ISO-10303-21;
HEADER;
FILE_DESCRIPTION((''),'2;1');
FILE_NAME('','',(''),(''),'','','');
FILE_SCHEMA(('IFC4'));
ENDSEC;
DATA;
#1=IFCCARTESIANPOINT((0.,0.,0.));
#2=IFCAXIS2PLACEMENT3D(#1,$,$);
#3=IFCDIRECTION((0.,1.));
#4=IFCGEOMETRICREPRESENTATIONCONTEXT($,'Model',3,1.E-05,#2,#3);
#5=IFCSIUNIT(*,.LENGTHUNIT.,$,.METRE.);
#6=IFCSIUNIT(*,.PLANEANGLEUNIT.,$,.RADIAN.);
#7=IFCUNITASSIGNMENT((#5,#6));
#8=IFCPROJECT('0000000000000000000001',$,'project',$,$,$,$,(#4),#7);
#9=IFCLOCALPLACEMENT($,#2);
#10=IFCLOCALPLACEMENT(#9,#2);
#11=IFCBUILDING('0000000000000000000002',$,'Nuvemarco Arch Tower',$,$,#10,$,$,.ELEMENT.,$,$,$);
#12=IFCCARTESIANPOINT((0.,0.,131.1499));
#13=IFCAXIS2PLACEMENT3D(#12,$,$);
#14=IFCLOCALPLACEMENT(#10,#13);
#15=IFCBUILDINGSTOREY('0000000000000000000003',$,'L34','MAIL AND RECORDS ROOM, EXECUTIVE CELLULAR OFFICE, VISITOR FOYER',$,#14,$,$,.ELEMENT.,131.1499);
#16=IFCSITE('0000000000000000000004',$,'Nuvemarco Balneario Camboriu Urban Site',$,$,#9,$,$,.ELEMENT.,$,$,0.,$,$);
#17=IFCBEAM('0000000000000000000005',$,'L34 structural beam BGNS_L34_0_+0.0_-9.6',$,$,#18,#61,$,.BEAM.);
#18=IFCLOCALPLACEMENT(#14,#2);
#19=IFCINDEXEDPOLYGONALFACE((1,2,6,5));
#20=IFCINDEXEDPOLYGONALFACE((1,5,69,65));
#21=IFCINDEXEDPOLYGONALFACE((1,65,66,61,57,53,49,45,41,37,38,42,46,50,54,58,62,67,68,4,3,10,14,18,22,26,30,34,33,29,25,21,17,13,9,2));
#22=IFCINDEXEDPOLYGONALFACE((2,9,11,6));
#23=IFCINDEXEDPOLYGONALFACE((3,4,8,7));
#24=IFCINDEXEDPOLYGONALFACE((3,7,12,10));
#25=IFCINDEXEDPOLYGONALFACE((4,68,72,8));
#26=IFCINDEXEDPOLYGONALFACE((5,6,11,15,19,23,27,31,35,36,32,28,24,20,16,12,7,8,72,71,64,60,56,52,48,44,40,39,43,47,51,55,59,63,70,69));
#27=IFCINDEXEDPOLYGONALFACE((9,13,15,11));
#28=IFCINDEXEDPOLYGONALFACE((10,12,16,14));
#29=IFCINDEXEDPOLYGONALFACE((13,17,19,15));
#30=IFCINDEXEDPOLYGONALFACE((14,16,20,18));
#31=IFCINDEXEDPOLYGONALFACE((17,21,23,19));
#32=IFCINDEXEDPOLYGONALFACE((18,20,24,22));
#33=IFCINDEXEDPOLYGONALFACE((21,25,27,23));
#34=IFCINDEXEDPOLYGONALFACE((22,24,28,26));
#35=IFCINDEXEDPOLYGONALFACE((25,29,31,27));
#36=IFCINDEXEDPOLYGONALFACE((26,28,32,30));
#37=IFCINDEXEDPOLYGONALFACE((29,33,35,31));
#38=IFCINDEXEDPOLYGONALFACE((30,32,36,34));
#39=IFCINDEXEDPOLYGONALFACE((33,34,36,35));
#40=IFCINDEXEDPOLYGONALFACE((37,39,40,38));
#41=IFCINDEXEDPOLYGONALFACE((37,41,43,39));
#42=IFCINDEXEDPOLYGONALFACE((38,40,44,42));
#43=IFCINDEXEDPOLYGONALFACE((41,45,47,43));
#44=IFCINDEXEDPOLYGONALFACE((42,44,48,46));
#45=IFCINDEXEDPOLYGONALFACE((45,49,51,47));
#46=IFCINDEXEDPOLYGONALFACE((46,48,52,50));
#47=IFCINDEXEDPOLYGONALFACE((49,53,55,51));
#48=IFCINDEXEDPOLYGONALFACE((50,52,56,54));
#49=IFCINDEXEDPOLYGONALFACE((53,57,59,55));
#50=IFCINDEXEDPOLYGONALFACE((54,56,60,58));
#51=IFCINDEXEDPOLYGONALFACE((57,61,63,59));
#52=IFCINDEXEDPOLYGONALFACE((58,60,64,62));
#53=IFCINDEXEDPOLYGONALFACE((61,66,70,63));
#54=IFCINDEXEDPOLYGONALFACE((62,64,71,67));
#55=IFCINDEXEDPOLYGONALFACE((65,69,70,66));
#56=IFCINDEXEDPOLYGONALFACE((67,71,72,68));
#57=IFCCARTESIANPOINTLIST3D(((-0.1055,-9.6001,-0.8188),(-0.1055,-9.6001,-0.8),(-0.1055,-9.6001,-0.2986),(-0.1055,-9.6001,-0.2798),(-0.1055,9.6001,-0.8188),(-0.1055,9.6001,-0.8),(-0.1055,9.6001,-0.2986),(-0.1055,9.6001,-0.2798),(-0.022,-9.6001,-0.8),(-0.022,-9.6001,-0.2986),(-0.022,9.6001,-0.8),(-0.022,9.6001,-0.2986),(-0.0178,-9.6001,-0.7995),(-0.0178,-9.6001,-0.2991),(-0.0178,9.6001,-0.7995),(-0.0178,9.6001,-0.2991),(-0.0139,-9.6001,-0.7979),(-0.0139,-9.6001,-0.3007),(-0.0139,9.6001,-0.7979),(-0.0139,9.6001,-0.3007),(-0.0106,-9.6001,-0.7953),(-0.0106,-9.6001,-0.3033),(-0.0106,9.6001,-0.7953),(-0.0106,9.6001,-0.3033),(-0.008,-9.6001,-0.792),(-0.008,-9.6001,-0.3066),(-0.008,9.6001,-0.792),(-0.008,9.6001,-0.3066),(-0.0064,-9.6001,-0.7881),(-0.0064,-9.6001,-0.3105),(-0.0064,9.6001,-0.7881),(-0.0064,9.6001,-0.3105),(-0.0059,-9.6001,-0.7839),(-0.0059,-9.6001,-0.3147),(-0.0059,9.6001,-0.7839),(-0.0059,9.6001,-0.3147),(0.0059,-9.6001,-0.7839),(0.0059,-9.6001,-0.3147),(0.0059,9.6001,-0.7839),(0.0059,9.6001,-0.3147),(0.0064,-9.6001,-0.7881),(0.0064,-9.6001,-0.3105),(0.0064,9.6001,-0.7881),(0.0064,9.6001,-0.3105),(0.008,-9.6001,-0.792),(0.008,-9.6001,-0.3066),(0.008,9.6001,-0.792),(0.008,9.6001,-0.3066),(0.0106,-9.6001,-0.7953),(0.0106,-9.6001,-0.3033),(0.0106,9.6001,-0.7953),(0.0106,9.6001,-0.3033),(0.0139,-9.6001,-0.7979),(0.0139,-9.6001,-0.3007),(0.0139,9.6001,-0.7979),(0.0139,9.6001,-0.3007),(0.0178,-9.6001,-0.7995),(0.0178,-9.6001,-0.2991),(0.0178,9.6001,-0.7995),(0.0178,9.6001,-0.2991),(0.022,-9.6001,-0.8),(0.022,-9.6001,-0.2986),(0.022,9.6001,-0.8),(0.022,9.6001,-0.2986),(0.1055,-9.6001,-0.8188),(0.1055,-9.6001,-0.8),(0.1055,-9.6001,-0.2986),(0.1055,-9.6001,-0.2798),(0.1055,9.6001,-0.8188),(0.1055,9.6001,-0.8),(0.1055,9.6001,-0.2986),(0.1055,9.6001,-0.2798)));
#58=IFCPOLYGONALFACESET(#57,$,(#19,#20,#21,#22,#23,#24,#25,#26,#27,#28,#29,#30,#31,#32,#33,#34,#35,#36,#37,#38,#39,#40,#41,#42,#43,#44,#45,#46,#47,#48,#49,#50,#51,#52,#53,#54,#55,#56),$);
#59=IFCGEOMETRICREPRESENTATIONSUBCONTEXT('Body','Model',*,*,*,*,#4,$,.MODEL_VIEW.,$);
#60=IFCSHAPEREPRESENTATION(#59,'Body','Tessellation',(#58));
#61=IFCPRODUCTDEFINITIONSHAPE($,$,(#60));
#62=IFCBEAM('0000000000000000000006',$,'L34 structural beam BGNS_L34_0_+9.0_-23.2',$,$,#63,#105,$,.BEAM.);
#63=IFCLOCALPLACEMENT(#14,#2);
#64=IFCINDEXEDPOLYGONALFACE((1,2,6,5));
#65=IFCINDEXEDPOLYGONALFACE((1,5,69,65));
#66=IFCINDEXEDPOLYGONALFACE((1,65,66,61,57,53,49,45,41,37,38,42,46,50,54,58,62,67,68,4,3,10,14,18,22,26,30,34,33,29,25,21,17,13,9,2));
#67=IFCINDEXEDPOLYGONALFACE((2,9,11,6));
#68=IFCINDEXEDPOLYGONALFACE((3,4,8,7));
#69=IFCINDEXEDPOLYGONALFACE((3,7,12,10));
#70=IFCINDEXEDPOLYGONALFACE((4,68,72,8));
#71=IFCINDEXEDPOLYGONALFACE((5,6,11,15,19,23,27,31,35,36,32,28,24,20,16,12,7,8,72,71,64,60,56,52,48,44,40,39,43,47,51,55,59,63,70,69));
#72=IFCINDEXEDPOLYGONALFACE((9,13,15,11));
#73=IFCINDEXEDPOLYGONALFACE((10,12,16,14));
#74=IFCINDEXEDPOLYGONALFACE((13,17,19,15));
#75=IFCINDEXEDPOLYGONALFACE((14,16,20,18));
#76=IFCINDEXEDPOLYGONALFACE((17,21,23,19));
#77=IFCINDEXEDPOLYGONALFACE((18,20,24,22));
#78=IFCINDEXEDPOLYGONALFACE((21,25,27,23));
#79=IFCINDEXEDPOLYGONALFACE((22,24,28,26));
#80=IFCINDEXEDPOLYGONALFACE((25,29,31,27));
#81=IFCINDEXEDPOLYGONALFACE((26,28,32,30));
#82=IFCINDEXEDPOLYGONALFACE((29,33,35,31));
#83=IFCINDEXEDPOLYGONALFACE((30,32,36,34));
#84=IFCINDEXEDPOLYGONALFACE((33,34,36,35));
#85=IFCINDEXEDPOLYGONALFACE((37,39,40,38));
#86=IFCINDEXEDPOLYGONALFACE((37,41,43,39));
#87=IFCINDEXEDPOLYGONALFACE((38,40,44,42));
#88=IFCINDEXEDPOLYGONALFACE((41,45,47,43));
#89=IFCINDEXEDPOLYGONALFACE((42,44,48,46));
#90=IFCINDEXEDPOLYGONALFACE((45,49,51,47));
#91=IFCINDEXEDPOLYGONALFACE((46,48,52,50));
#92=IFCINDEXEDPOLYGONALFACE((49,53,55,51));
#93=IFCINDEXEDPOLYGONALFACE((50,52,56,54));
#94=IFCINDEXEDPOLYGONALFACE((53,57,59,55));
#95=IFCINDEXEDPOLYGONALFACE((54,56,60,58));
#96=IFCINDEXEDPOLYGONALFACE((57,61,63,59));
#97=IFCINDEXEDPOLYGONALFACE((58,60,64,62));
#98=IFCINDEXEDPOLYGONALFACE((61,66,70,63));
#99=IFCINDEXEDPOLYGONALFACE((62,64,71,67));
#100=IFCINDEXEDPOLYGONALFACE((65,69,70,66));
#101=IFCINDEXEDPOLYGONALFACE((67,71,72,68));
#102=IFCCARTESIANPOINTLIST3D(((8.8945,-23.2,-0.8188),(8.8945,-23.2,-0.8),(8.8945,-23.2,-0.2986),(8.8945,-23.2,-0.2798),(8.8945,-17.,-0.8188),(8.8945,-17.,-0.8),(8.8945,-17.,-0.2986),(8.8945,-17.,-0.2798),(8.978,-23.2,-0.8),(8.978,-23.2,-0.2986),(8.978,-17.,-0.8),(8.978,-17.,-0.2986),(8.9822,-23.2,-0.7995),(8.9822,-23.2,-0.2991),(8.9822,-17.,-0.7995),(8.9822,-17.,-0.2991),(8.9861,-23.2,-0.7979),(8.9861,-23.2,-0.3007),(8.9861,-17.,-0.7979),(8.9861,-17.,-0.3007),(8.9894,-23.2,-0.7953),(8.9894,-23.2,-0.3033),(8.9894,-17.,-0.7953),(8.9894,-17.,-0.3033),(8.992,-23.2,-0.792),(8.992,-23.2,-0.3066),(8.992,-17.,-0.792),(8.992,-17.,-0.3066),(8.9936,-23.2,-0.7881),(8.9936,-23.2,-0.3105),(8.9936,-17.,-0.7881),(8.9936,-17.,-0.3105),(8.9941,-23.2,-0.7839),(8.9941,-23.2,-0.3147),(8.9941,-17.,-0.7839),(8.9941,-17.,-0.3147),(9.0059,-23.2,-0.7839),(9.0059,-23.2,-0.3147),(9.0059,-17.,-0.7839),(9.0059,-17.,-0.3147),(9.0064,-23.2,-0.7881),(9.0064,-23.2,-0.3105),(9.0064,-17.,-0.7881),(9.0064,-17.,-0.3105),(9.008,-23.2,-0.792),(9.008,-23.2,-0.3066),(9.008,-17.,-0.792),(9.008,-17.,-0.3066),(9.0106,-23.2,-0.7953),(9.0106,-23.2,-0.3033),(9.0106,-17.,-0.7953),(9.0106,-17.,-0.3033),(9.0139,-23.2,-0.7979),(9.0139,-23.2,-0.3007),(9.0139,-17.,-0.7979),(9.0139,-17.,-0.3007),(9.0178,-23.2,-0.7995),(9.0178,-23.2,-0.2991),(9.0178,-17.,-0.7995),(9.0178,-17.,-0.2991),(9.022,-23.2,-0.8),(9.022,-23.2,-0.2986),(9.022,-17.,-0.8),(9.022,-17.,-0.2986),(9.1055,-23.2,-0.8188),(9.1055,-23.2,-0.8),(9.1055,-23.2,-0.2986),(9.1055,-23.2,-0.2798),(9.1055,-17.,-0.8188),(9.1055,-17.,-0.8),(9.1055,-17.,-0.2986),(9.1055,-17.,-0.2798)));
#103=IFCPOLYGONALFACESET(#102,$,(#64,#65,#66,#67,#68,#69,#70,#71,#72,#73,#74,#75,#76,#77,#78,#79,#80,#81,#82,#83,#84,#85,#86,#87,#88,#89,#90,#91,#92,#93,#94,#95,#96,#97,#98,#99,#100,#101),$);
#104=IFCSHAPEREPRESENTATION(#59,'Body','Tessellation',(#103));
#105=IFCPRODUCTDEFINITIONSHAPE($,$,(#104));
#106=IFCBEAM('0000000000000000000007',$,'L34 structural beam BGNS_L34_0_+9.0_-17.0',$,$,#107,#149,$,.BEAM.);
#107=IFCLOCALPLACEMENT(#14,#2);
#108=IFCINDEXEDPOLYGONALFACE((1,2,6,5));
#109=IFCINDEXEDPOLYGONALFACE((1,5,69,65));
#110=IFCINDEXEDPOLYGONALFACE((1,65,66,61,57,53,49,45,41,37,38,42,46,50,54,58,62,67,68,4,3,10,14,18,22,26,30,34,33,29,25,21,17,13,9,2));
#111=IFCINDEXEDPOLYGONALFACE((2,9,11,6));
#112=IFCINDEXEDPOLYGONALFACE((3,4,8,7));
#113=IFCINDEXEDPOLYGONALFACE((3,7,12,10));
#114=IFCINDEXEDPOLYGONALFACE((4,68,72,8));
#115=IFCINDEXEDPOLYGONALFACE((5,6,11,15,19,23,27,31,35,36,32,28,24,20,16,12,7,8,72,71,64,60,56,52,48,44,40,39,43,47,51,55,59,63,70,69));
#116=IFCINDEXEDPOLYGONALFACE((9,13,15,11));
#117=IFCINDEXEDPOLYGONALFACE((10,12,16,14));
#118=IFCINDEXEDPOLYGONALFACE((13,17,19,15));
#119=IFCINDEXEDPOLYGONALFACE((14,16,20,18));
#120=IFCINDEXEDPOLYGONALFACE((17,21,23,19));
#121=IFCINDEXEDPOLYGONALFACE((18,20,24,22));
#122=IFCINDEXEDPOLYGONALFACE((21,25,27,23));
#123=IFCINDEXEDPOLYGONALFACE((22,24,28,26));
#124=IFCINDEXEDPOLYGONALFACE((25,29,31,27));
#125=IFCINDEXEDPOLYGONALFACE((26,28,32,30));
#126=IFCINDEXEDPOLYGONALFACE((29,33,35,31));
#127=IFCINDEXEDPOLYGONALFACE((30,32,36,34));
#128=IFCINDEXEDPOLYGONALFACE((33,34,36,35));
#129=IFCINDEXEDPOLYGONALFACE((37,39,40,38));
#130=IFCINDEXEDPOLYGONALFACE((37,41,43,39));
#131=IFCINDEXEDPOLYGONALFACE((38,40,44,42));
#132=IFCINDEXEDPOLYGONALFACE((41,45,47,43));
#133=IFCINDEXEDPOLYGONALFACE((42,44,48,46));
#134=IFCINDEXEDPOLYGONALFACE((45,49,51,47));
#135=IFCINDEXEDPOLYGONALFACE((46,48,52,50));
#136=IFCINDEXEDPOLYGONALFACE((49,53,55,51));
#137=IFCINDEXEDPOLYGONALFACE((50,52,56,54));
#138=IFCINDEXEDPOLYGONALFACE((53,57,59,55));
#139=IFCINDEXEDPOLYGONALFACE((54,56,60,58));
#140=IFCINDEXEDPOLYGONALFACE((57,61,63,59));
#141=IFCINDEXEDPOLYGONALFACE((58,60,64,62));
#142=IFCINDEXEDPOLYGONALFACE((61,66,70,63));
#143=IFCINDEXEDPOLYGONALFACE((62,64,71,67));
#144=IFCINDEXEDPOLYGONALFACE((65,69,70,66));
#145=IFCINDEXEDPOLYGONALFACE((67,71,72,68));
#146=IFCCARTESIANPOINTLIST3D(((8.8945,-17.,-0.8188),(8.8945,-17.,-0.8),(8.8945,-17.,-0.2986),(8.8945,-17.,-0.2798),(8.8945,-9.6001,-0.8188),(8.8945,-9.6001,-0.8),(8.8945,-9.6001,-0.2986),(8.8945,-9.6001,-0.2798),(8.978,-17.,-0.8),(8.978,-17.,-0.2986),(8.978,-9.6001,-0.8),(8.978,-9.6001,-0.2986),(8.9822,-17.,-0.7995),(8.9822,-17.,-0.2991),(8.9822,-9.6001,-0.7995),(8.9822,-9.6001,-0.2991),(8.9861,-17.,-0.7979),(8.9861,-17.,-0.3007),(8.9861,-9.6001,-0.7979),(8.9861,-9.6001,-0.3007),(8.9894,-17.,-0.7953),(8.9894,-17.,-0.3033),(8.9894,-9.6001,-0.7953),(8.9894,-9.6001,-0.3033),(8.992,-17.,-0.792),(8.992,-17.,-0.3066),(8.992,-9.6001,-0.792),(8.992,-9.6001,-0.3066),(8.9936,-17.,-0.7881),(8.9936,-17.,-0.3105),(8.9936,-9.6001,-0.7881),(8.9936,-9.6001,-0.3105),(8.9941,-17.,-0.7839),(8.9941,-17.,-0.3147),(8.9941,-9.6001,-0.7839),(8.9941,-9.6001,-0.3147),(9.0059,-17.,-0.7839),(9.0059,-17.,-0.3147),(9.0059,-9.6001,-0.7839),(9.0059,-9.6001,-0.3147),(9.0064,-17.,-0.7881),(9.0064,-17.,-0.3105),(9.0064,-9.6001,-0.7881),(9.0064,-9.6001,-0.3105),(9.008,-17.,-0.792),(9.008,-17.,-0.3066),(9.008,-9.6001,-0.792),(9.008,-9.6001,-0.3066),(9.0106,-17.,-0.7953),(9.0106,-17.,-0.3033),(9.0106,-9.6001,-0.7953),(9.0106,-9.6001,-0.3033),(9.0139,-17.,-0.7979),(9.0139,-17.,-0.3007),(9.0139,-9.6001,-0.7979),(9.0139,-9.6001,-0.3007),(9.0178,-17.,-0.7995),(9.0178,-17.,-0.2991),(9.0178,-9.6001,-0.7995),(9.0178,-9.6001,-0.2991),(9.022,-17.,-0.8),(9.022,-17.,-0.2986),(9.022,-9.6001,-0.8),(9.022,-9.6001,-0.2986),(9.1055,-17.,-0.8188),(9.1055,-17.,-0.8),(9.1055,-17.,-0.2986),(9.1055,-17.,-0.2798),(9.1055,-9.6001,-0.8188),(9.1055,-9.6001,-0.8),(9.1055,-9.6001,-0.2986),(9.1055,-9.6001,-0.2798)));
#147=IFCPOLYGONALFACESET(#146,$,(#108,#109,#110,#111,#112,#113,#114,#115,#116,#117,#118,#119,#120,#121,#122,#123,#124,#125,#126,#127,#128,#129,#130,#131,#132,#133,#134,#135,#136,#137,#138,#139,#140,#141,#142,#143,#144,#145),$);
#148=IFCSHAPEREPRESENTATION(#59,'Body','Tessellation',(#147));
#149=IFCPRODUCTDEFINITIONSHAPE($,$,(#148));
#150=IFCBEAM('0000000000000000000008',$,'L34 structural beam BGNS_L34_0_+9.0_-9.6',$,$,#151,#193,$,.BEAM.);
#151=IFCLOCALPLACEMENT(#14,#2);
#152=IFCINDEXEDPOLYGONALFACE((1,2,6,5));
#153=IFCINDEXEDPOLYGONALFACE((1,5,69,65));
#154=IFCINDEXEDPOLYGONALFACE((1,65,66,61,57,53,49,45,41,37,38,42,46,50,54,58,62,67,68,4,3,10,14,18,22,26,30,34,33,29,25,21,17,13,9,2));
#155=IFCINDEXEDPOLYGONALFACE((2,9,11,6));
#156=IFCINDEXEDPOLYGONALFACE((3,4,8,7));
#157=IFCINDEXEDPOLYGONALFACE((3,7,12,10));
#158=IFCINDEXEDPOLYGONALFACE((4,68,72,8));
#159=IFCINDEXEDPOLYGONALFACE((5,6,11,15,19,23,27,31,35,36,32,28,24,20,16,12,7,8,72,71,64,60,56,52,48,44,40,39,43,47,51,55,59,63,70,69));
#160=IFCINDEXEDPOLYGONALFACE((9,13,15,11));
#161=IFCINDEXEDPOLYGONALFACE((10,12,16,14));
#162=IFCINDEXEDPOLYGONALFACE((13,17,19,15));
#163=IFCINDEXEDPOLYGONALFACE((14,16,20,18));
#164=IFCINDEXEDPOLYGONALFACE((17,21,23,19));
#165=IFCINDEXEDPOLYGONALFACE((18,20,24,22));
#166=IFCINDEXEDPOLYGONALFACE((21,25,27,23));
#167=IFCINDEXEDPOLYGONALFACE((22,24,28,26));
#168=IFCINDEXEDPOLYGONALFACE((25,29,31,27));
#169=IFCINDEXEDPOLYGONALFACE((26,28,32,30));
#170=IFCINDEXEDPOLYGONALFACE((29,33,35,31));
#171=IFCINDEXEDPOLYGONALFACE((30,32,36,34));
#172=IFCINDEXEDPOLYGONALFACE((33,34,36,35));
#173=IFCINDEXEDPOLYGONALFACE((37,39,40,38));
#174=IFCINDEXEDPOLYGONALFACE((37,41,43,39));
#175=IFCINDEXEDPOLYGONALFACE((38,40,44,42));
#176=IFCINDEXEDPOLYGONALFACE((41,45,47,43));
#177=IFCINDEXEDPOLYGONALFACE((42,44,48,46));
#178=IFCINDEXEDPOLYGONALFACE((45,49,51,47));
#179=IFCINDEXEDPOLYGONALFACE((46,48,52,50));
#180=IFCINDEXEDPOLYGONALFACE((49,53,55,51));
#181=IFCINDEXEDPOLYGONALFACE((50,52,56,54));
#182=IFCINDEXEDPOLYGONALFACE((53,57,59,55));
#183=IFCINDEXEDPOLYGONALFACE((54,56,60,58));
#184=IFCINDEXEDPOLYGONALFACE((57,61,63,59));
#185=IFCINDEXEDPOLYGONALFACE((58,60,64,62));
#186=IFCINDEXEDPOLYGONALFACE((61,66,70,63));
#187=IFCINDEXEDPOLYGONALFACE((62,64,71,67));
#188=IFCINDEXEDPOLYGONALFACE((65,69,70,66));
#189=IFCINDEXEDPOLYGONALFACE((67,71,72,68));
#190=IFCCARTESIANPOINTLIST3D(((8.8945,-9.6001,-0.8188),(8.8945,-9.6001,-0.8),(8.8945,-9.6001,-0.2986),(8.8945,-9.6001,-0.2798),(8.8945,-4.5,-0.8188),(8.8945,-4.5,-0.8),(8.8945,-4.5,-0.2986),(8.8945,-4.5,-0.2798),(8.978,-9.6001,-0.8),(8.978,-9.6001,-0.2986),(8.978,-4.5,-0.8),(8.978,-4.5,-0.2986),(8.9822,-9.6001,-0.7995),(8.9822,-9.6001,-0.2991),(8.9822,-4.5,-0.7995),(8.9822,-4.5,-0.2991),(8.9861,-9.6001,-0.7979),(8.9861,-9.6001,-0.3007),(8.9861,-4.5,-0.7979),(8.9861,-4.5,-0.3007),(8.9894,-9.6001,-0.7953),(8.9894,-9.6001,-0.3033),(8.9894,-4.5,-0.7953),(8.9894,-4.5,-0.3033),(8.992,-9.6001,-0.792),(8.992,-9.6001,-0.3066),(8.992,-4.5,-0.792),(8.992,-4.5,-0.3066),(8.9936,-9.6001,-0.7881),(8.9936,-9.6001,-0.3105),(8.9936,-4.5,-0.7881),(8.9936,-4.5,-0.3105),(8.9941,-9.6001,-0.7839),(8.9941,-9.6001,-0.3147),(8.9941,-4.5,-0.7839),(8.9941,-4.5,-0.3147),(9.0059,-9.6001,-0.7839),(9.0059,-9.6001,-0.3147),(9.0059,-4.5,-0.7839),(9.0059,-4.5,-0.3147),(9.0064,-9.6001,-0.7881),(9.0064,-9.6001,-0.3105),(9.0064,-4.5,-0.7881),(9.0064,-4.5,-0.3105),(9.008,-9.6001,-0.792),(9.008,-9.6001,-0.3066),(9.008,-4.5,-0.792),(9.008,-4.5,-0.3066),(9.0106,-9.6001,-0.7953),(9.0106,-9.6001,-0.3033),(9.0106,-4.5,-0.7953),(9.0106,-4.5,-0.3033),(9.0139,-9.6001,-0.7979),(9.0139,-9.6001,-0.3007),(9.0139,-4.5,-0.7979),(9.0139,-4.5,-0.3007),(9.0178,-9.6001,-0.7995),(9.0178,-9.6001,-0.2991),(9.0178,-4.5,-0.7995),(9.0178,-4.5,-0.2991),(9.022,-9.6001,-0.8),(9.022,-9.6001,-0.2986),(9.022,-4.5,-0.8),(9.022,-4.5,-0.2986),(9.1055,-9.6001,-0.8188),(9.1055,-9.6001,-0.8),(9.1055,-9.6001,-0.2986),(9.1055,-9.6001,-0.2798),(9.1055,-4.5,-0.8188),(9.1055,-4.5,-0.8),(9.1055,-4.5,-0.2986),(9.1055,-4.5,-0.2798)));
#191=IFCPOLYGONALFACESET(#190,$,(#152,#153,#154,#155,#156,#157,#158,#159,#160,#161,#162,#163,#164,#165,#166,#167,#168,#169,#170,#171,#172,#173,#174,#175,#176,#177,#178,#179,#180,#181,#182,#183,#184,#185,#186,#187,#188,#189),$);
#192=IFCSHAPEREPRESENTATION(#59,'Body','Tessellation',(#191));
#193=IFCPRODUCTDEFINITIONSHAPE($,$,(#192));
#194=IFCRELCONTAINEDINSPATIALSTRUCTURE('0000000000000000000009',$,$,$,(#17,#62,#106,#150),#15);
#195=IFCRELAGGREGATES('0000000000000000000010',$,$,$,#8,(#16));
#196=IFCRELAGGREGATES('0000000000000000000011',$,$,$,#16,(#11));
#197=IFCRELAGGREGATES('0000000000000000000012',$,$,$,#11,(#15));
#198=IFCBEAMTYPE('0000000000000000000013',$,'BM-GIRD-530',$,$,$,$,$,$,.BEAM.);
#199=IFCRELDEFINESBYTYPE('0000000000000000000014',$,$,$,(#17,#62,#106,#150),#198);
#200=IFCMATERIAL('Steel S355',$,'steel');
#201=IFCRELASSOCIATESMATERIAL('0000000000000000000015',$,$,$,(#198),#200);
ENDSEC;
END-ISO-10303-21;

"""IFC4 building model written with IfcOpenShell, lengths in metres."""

from ifc_helpers import new_model, si_unit, direction, frame, origin, origin_2d, place, context, subcontext, project, spatial, i_section, extrude, material, material_profile, profile_set, type_object, element, save


model = new_model("IFC4")

# Units and contexts
model_context = context("Model", 3, precision=1e-05, world=origin(), true_north=direction((0.0, 1.0)))
body_context = subcontext(model_context, "Body", "Model", "MODEL_VIEW")
ifc_project = project(units=[si_unit("LENGTHUNIT", "METRE"), si_unit("PLANEANGLEUNIT", "RADIAN")], contexts=[model_context])

# Site, building, storey
site_placement = place(None, origin())
site = spatial("IfcSite", under=ifc_project, at=site_placement, Name="Nuvemarco Balneario Camboriu Urban Site", CompositionType="ELEMENT", RefElevation=0.0)
building_placement = place(site_placement, origin())
building = spatial("IfcBuilding", under=site, at=building_placement, Name="Nuvemarco Arch Tower", CompositionType="ELEMENT")
storey_placement = place(building_placement, frame((0.0, 0.0, 131.1499)))
storey = spatial("IfcBuildingStorey", under=building, at=storey_placement, Name="L34", Description="MAIL AND RECORDS ROOM, EXECUTIVE CELLULAR OFFICE, VISITOR FOYER", CompositionType="ELEMENT", Elevation=131.1499)

# Shared definitions
ifc_material_1 = material(Name="Steel S355", Category="steel")

# Beams
ifc_material_profile_1 = material_profile(ifc_material_1, i_section(OverallWidth=0.2109, OverallDepth=0.5391, WebThickness=0.0117, FlangeThickness=0.0188, FilletRadius=0.0161, at=origin_2d()), Name="W530x109")
ifc_profile_set_1 = profile_set([ifc_material_profile_1], Name="Steel S355")
beam_type_1 = type_object("IfcBeamType", Name="BM-GIRD-530", PredefinedType="BEAM", material=ifc_profile_set_1)
beam_1_placement = place(storey_placement, frame((0.0, -9.6001, -0.5493), z_axis=(0.0, 1.0, 0.0), x_axis=(-1.0, 0.0, 0.0)))
element("IfcBeam", 1, at=beam_1_placement, inside=storey, type_object=beam_type_1, Name="L34 structural beam BGNS_L34_0_+0.0_-9.6", PredefinedType="BEAM", context=body_context, shape_type="SweptSolid", body=[
    extrude(i_section(OverallWidth=0.2109, OverallDepth=0.5391, WebThickness=0.0117, FlangeThickness=0.0188, FilletRadius=0.0161, at=origin_2d()), origin(), (0.0, 0.0, 1.0), 19.2002),
])
beam_2_placement = place(storey_placement, frame((9.0, -23.2, -0.5493), z_axis=(0.0, 1.0, 0.0), x_axis=(-1.0, 0.0, 0.0)))
element("IfcBeam", 2, at=beam_2_placement, inside=storey, type_object=beam_type_1, Name="L34 structural beam BGNS_L34_0_+9.0_-23.2", PredefinedType="BEAM", context=body_context, shape_type="SweptSolid", body=[
    extrude(i_section(OverallWidth=0.2109, OverallDepth=0.5391, WebThickness=0.0117, FlangeThickness=0.0188, FilletRadius=0.0161, at=origin_2d()), origin(), (0.0, 0.0, 1.0), 6.2),
])
beam_3_placement = place(storey_placement, frame((9.0, -17.0, -0.5493), z_axis=(0.0, 1.0, 0.0), x_axis=(-1.0, 0.0, 0.0)))
element("IfcBeam", 3, at=beam_3_placement, inside=storey, type_object=beam_type_1, Name="L34 structural beam BGNS_L34_0_+9.0_-17.0", PredefinedType="BEAM", context=body_context, shape_type="SweptSolid", body=[
    extrude(i_section(OverallWidth=0.2109, OverallDepth=0.5391, WebThickness=0.0117, FlangeThickness=0.0188, FilletRadius=0.0161, at=origin_2d()), origin(), (0.0, 0.0, 1.0), 7.3999),
])
beam_4_placement = place(storey_placement, frame((9.0, -9.6001, -0.5493), z_axis=(0.0, 1.0, 0.0), x_axis=(-1.0, 0.0, 0.0)))
element("IfcBeam", 4, at=beam_4_placement, inside=storey, type_object=beam_type_1, Name="L34 structural beam BGNS_L34_0_+9.0_-9.6", PredefinedType="BEAM", context=body_context, shape_type="SweptSolid", body=[
    extrude(i_section(OverallWidth=0.2109, OverallDepth=0.5391, WebThickness=0.0117, FlangeThickness=0.0188, FilletRadius=0.0161, at=origin_2d()), origin(), (0.0, 0.0, 1.0), 5.1001),
])

save(model, "model.ifc")
